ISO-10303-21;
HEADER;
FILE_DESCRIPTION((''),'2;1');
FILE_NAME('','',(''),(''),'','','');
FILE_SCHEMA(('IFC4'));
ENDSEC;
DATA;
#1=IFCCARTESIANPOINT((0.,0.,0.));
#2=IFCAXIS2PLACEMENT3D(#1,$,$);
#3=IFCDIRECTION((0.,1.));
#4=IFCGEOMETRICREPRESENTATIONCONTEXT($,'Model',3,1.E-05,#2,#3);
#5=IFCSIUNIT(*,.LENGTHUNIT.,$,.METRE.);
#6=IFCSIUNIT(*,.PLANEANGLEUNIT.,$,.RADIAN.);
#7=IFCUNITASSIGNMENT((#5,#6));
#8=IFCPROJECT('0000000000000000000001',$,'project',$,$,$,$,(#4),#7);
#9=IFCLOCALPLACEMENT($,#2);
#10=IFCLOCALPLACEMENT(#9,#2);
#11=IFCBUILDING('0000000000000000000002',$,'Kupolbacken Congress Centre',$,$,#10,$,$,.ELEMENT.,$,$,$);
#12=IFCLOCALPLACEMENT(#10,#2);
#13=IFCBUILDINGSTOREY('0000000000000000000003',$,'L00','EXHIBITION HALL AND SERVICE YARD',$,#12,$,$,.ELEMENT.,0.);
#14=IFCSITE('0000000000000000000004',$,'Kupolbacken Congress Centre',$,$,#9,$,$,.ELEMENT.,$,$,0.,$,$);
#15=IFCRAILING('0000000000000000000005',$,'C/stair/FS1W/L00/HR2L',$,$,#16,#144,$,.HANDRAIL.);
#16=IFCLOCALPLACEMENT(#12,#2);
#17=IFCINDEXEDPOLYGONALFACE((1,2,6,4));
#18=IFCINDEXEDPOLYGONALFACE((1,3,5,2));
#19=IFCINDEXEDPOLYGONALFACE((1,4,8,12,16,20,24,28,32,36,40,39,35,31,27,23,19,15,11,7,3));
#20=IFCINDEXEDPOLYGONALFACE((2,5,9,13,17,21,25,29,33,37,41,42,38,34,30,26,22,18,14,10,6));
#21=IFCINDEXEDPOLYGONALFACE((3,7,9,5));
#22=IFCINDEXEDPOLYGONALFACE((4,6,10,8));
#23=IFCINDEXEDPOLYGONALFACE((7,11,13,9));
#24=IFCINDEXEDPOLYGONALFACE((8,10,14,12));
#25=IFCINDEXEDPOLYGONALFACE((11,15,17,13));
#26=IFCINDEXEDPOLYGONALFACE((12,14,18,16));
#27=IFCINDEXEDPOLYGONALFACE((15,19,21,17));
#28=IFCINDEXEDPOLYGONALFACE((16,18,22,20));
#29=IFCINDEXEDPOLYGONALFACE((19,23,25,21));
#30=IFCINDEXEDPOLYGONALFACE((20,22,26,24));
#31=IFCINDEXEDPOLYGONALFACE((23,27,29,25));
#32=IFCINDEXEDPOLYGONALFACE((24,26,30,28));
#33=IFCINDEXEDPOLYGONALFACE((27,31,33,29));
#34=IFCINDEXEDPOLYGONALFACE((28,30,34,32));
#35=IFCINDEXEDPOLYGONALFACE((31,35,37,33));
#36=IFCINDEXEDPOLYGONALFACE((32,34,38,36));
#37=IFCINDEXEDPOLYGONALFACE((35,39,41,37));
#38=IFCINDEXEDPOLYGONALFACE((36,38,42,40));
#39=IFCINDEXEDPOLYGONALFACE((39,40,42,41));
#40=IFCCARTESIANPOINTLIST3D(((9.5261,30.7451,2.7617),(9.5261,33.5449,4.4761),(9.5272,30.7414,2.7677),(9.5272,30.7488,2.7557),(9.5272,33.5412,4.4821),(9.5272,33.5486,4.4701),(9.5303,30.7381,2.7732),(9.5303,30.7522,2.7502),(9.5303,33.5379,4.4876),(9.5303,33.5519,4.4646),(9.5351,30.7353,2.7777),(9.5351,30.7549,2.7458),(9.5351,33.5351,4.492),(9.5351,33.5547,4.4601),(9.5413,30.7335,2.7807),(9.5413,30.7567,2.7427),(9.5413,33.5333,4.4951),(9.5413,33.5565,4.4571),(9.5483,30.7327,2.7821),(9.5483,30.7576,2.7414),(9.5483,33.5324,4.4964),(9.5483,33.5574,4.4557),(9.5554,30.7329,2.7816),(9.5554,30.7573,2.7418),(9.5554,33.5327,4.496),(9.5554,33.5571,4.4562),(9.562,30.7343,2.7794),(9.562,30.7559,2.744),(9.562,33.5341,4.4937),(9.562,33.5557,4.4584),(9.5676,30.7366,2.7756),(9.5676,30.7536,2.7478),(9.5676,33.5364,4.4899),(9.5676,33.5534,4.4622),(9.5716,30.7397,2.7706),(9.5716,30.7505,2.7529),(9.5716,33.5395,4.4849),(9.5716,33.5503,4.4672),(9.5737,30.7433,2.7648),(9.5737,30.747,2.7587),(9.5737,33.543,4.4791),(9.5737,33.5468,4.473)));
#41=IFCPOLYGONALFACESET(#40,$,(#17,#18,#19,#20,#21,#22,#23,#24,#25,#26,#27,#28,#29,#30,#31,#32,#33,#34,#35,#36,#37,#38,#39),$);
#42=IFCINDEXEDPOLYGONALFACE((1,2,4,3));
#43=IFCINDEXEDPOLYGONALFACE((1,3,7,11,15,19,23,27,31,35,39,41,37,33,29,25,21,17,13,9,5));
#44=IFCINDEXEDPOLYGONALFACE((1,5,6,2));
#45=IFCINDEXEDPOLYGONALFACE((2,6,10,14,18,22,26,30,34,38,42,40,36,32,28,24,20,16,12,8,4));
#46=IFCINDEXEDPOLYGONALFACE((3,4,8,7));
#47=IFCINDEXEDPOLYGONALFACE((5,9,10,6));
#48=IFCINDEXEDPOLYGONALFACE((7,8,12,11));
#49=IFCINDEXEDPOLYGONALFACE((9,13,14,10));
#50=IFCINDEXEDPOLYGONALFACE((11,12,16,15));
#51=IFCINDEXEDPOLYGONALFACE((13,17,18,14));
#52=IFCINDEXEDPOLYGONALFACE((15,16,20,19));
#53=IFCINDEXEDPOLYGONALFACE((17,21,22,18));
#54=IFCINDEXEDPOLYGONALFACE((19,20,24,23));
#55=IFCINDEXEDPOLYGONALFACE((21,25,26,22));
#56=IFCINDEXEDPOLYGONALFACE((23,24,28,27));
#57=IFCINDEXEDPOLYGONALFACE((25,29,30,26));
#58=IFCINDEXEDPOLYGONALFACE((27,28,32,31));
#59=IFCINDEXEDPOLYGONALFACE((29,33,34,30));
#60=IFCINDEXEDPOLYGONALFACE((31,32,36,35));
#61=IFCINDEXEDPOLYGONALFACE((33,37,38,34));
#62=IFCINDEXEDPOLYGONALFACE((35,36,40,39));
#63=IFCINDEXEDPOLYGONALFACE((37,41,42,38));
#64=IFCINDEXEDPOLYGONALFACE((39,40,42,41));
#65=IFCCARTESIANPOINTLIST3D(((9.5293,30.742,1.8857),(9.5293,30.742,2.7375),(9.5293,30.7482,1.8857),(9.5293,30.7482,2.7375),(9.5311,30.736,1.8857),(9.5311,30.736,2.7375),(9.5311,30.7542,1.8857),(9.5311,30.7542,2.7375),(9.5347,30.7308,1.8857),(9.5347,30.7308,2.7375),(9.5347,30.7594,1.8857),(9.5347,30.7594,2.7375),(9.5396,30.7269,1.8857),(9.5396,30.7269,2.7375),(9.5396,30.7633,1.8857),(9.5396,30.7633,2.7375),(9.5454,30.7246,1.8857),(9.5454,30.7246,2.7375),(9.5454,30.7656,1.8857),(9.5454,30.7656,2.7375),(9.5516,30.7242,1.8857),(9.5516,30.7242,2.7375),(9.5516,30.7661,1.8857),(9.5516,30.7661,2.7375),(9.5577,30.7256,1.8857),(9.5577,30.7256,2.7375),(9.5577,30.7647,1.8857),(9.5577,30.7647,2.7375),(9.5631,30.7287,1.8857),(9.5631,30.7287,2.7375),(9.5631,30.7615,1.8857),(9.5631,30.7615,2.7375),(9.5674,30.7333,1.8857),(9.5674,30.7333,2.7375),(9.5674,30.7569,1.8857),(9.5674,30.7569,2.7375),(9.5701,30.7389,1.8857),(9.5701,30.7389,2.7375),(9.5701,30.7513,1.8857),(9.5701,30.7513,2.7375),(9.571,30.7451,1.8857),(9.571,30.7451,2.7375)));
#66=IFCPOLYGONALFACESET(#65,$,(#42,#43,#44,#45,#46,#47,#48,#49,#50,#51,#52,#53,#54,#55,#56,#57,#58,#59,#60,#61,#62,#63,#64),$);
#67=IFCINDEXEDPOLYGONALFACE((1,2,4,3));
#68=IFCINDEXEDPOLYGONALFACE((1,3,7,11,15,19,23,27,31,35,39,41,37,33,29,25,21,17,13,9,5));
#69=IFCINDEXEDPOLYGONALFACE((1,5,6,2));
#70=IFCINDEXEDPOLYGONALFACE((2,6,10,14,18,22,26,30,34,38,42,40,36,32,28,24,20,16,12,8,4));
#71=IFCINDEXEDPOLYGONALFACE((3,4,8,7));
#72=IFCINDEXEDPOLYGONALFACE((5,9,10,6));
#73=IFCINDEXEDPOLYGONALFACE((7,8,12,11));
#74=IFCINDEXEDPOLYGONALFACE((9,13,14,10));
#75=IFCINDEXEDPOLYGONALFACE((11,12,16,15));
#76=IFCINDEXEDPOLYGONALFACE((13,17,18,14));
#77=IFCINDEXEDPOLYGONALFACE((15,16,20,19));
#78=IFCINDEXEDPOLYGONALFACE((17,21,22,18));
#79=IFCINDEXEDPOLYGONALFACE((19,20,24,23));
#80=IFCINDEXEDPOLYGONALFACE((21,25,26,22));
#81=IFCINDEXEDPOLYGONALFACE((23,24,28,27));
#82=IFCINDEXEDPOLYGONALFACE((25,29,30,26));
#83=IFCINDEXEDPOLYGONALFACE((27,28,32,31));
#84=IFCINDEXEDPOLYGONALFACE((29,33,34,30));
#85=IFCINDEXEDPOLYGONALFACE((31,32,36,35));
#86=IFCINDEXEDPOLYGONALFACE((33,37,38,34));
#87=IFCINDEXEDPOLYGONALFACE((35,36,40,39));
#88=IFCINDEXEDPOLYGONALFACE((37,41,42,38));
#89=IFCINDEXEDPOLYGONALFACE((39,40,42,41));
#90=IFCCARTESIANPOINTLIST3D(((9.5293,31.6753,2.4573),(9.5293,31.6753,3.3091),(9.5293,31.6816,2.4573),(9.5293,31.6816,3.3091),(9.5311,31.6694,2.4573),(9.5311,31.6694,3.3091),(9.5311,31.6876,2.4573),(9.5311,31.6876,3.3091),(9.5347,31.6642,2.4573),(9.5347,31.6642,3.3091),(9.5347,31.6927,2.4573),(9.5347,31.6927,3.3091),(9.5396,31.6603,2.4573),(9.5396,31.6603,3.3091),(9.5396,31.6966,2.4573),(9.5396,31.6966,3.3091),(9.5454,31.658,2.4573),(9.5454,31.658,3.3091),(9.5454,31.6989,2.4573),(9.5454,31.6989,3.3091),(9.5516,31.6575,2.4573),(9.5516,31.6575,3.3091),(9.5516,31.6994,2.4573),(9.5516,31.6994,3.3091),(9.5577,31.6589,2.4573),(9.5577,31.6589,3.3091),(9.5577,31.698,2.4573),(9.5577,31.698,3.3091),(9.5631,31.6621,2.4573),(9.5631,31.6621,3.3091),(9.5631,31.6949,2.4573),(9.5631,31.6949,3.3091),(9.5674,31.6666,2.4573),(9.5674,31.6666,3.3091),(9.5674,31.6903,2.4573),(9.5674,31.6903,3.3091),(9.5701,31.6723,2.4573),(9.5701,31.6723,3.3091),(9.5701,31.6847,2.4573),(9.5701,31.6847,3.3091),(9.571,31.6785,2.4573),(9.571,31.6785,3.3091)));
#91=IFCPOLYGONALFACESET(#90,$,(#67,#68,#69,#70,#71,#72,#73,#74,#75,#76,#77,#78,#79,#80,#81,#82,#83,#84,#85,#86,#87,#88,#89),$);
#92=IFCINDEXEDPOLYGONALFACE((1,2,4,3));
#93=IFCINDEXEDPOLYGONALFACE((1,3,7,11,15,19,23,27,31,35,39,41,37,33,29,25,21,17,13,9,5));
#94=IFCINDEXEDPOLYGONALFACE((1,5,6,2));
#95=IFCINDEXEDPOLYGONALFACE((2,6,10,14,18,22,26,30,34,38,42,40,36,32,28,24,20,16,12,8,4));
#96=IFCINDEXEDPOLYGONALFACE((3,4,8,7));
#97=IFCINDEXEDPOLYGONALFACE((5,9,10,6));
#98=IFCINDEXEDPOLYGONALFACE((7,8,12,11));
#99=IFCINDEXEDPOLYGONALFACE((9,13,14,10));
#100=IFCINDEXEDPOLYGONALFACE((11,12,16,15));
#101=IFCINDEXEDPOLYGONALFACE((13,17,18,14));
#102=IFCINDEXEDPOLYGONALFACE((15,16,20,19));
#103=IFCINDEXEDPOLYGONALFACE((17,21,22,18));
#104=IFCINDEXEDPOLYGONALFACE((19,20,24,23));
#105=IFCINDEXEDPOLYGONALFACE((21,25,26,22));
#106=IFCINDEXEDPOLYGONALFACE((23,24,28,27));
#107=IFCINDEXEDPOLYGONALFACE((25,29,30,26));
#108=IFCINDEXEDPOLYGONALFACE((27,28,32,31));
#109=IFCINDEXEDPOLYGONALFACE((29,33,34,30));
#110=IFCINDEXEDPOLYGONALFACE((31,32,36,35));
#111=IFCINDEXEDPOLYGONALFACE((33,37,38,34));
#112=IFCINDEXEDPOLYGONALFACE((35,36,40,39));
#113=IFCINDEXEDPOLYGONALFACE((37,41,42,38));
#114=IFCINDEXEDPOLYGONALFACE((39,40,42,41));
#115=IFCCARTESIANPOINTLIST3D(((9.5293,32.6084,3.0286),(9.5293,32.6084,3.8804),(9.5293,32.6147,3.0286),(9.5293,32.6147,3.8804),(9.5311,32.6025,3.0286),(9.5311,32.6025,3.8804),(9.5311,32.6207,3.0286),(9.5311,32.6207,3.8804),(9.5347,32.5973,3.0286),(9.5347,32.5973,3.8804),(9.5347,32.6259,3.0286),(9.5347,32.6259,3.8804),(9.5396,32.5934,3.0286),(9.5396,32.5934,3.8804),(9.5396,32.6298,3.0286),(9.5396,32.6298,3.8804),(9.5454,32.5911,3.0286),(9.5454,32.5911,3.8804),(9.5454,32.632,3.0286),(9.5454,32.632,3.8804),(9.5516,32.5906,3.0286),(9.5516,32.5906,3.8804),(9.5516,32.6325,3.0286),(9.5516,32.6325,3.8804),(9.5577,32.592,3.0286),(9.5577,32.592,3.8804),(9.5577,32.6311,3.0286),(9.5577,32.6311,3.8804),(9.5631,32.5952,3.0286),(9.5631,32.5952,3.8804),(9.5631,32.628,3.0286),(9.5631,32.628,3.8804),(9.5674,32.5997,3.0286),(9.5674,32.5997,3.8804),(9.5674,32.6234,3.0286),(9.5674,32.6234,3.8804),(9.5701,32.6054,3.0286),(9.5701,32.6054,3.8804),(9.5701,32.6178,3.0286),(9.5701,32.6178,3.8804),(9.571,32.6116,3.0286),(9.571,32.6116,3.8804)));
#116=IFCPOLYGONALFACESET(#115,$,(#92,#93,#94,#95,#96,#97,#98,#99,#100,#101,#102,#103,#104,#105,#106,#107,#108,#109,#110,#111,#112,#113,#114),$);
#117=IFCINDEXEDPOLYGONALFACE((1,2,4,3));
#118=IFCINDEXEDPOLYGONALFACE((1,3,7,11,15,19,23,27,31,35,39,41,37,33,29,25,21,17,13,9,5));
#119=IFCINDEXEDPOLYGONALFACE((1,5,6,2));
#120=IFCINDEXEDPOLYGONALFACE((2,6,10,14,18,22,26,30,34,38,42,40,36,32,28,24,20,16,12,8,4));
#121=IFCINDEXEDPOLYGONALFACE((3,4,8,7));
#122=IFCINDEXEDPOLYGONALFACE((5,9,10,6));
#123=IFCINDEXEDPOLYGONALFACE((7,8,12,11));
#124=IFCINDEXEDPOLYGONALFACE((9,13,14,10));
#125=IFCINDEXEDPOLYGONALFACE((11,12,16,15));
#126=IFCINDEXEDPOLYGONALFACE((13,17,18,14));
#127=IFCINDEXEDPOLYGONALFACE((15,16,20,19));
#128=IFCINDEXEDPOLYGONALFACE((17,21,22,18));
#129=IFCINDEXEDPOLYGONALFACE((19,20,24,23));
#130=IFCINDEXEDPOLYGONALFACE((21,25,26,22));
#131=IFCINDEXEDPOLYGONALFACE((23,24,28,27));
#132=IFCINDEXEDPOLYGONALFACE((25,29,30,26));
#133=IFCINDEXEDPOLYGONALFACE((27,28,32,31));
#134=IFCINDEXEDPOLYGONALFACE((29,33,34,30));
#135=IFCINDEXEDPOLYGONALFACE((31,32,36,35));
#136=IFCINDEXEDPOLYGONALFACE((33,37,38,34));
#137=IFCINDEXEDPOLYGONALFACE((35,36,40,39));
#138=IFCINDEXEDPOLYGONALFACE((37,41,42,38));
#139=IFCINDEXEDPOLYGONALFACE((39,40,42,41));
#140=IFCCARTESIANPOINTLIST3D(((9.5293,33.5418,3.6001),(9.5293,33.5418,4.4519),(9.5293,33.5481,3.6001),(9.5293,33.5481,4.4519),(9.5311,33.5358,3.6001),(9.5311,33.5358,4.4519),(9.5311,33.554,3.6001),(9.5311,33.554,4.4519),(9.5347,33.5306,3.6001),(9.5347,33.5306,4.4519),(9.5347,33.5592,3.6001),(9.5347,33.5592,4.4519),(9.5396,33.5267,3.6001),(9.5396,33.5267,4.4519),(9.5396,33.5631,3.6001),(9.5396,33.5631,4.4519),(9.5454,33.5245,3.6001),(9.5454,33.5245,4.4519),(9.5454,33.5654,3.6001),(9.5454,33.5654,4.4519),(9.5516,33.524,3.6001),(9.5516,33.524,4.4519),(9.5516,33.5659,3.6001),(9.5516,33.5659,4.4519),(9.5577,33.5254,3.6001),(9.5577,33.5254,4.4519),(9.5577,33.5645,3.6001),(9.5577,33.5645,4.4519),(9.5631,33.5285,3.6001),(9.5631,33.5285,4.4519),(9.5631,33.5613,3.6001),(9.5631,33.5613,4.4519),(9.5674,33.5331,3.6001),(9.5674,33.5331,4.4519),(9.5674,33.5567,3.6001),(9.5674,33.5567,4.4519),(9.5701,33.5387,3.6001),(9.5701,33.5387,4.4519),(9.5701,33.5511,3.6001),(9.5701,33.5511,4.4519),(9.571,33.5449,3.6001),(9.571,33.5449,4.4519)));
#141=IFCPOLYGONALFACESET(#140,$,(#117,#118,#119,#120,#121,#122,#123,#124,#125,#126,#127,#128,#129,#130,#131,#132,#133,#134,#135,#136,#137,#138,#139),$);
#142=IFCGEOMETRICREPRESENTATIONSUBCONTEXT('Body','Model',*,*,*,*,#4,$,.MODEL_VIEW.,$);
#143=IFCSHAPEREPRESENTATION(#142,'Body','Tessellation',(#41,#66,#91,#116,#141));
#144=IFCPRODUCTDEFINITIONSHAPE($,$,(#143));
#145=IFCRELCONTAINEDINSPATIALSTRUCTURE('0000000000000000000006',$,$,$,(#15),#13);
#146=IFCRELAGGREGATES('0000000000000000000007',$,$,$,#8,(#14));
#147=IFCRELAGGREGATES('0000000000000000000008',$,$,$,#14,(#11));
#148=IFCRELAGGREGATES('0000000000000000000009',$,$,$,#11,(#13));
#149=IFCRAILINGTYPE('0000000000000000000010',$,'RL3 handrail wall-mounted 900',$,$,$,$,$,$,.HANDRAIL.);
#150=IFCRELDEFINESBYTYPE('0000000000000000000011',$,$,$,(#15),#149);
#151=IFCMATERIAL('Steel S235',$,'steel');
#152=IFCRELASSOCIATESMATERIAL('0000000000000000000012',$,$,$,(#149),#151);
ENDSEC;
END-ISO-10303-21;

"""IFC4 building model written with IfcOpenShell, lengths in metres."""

from ifc_helpers import new_model, si_unit, direction, frame, origin, origin_2d, place, context, subcontext, project, spatial, circle, extrude, material, type_object, element, save


model = new_model("IFC4")

# Units and contexts
model_context = context("Model", 3, precision=1e-05, world=origin(), true_north=direction((0.0, 1.0)))
body_context = subcontext(model_context, "Body", "Model", "MODEL_VIEW")
ifc_project = project(units=[si_unit("LENGTHUNIT", "METRE"), si_unit("PLANEANGLEUNIT", "RADIAN")], contexts=[model_context])

# Site, building, storey
site_placement = place(None, origin())
site = spatial("IfcSite", under=ifc_project, at=site_placement, Name="Kupolbacken Congress Centre", CompositionType="ELEMENT", RefElevation=0.0)
building_placement = place(site_placement, origin())
building = spatial("IfcBuilding", under=site, at=building_placement, Name="Kupolbacken Congress Centre", CompositionType="ELEMENT")
storey_placement = place(building_placement, origin())
storey = spatial("IfcBuildingStorey", under=building, at=storey_placement, Name="L00", Description="EXHIBITION HALL AND SERVICE YARD", CompositionType="ELEMENT", Elevation=0.0)

# Railing
ifc_material_1 = material(Name="Steel S235", Category="steel")
railing_type = type_object("IfcRailingType", Name="RL3 handrail wall-mounted 900", PredefinedType="HANDRAIL", material=ifc_material_1)
for number, where, name in (
    (1, (9.55, 30.7451, 1.8857), "C/stair/FS1W/L00/HR2L"),
):
    element("IfcRailing", number, at=place(storey_placement, frame(where)), inside=storey, type_object=railing_type, Name=name, PredefinedType="HANDRAIL", context=body_context, shape_type="SweptSolid", body=[
        extrude(circle(Radius=0.0239, at=origin_2d()), frame((0.0, 0.0, 0.876), z_axis=(0.0, 0.852826, 0.522196), x_axis=(-1.0, 0.0, 0.0)), (0.0, 0.0, 1.0), 3.283),
        extrude(circle(Radius=0.021, at=origin_2d()), origin(), (0.0, 0.0, 1.0), 0.8518),
        extrude(circle(Radius=0.021, at=origin_2d()), frame((0.0, 0.9333, 0.5715)), (0.0, 0.0, 1.0), 0.8518),
        extrude(circle(Radius=0.021, at=origin_2d()), frame((0.0, 1.8665, 1.1428)), (0.0, 0.0, 1.0), 0.8518),
        extrude(circle(Radius=0.021, at=origin_2d()), frame((0.0, 2.7998, 1.7144)), (0.0, 0.0, 1.0), 0.8518),
    ])

save(model, "model.ifc")
